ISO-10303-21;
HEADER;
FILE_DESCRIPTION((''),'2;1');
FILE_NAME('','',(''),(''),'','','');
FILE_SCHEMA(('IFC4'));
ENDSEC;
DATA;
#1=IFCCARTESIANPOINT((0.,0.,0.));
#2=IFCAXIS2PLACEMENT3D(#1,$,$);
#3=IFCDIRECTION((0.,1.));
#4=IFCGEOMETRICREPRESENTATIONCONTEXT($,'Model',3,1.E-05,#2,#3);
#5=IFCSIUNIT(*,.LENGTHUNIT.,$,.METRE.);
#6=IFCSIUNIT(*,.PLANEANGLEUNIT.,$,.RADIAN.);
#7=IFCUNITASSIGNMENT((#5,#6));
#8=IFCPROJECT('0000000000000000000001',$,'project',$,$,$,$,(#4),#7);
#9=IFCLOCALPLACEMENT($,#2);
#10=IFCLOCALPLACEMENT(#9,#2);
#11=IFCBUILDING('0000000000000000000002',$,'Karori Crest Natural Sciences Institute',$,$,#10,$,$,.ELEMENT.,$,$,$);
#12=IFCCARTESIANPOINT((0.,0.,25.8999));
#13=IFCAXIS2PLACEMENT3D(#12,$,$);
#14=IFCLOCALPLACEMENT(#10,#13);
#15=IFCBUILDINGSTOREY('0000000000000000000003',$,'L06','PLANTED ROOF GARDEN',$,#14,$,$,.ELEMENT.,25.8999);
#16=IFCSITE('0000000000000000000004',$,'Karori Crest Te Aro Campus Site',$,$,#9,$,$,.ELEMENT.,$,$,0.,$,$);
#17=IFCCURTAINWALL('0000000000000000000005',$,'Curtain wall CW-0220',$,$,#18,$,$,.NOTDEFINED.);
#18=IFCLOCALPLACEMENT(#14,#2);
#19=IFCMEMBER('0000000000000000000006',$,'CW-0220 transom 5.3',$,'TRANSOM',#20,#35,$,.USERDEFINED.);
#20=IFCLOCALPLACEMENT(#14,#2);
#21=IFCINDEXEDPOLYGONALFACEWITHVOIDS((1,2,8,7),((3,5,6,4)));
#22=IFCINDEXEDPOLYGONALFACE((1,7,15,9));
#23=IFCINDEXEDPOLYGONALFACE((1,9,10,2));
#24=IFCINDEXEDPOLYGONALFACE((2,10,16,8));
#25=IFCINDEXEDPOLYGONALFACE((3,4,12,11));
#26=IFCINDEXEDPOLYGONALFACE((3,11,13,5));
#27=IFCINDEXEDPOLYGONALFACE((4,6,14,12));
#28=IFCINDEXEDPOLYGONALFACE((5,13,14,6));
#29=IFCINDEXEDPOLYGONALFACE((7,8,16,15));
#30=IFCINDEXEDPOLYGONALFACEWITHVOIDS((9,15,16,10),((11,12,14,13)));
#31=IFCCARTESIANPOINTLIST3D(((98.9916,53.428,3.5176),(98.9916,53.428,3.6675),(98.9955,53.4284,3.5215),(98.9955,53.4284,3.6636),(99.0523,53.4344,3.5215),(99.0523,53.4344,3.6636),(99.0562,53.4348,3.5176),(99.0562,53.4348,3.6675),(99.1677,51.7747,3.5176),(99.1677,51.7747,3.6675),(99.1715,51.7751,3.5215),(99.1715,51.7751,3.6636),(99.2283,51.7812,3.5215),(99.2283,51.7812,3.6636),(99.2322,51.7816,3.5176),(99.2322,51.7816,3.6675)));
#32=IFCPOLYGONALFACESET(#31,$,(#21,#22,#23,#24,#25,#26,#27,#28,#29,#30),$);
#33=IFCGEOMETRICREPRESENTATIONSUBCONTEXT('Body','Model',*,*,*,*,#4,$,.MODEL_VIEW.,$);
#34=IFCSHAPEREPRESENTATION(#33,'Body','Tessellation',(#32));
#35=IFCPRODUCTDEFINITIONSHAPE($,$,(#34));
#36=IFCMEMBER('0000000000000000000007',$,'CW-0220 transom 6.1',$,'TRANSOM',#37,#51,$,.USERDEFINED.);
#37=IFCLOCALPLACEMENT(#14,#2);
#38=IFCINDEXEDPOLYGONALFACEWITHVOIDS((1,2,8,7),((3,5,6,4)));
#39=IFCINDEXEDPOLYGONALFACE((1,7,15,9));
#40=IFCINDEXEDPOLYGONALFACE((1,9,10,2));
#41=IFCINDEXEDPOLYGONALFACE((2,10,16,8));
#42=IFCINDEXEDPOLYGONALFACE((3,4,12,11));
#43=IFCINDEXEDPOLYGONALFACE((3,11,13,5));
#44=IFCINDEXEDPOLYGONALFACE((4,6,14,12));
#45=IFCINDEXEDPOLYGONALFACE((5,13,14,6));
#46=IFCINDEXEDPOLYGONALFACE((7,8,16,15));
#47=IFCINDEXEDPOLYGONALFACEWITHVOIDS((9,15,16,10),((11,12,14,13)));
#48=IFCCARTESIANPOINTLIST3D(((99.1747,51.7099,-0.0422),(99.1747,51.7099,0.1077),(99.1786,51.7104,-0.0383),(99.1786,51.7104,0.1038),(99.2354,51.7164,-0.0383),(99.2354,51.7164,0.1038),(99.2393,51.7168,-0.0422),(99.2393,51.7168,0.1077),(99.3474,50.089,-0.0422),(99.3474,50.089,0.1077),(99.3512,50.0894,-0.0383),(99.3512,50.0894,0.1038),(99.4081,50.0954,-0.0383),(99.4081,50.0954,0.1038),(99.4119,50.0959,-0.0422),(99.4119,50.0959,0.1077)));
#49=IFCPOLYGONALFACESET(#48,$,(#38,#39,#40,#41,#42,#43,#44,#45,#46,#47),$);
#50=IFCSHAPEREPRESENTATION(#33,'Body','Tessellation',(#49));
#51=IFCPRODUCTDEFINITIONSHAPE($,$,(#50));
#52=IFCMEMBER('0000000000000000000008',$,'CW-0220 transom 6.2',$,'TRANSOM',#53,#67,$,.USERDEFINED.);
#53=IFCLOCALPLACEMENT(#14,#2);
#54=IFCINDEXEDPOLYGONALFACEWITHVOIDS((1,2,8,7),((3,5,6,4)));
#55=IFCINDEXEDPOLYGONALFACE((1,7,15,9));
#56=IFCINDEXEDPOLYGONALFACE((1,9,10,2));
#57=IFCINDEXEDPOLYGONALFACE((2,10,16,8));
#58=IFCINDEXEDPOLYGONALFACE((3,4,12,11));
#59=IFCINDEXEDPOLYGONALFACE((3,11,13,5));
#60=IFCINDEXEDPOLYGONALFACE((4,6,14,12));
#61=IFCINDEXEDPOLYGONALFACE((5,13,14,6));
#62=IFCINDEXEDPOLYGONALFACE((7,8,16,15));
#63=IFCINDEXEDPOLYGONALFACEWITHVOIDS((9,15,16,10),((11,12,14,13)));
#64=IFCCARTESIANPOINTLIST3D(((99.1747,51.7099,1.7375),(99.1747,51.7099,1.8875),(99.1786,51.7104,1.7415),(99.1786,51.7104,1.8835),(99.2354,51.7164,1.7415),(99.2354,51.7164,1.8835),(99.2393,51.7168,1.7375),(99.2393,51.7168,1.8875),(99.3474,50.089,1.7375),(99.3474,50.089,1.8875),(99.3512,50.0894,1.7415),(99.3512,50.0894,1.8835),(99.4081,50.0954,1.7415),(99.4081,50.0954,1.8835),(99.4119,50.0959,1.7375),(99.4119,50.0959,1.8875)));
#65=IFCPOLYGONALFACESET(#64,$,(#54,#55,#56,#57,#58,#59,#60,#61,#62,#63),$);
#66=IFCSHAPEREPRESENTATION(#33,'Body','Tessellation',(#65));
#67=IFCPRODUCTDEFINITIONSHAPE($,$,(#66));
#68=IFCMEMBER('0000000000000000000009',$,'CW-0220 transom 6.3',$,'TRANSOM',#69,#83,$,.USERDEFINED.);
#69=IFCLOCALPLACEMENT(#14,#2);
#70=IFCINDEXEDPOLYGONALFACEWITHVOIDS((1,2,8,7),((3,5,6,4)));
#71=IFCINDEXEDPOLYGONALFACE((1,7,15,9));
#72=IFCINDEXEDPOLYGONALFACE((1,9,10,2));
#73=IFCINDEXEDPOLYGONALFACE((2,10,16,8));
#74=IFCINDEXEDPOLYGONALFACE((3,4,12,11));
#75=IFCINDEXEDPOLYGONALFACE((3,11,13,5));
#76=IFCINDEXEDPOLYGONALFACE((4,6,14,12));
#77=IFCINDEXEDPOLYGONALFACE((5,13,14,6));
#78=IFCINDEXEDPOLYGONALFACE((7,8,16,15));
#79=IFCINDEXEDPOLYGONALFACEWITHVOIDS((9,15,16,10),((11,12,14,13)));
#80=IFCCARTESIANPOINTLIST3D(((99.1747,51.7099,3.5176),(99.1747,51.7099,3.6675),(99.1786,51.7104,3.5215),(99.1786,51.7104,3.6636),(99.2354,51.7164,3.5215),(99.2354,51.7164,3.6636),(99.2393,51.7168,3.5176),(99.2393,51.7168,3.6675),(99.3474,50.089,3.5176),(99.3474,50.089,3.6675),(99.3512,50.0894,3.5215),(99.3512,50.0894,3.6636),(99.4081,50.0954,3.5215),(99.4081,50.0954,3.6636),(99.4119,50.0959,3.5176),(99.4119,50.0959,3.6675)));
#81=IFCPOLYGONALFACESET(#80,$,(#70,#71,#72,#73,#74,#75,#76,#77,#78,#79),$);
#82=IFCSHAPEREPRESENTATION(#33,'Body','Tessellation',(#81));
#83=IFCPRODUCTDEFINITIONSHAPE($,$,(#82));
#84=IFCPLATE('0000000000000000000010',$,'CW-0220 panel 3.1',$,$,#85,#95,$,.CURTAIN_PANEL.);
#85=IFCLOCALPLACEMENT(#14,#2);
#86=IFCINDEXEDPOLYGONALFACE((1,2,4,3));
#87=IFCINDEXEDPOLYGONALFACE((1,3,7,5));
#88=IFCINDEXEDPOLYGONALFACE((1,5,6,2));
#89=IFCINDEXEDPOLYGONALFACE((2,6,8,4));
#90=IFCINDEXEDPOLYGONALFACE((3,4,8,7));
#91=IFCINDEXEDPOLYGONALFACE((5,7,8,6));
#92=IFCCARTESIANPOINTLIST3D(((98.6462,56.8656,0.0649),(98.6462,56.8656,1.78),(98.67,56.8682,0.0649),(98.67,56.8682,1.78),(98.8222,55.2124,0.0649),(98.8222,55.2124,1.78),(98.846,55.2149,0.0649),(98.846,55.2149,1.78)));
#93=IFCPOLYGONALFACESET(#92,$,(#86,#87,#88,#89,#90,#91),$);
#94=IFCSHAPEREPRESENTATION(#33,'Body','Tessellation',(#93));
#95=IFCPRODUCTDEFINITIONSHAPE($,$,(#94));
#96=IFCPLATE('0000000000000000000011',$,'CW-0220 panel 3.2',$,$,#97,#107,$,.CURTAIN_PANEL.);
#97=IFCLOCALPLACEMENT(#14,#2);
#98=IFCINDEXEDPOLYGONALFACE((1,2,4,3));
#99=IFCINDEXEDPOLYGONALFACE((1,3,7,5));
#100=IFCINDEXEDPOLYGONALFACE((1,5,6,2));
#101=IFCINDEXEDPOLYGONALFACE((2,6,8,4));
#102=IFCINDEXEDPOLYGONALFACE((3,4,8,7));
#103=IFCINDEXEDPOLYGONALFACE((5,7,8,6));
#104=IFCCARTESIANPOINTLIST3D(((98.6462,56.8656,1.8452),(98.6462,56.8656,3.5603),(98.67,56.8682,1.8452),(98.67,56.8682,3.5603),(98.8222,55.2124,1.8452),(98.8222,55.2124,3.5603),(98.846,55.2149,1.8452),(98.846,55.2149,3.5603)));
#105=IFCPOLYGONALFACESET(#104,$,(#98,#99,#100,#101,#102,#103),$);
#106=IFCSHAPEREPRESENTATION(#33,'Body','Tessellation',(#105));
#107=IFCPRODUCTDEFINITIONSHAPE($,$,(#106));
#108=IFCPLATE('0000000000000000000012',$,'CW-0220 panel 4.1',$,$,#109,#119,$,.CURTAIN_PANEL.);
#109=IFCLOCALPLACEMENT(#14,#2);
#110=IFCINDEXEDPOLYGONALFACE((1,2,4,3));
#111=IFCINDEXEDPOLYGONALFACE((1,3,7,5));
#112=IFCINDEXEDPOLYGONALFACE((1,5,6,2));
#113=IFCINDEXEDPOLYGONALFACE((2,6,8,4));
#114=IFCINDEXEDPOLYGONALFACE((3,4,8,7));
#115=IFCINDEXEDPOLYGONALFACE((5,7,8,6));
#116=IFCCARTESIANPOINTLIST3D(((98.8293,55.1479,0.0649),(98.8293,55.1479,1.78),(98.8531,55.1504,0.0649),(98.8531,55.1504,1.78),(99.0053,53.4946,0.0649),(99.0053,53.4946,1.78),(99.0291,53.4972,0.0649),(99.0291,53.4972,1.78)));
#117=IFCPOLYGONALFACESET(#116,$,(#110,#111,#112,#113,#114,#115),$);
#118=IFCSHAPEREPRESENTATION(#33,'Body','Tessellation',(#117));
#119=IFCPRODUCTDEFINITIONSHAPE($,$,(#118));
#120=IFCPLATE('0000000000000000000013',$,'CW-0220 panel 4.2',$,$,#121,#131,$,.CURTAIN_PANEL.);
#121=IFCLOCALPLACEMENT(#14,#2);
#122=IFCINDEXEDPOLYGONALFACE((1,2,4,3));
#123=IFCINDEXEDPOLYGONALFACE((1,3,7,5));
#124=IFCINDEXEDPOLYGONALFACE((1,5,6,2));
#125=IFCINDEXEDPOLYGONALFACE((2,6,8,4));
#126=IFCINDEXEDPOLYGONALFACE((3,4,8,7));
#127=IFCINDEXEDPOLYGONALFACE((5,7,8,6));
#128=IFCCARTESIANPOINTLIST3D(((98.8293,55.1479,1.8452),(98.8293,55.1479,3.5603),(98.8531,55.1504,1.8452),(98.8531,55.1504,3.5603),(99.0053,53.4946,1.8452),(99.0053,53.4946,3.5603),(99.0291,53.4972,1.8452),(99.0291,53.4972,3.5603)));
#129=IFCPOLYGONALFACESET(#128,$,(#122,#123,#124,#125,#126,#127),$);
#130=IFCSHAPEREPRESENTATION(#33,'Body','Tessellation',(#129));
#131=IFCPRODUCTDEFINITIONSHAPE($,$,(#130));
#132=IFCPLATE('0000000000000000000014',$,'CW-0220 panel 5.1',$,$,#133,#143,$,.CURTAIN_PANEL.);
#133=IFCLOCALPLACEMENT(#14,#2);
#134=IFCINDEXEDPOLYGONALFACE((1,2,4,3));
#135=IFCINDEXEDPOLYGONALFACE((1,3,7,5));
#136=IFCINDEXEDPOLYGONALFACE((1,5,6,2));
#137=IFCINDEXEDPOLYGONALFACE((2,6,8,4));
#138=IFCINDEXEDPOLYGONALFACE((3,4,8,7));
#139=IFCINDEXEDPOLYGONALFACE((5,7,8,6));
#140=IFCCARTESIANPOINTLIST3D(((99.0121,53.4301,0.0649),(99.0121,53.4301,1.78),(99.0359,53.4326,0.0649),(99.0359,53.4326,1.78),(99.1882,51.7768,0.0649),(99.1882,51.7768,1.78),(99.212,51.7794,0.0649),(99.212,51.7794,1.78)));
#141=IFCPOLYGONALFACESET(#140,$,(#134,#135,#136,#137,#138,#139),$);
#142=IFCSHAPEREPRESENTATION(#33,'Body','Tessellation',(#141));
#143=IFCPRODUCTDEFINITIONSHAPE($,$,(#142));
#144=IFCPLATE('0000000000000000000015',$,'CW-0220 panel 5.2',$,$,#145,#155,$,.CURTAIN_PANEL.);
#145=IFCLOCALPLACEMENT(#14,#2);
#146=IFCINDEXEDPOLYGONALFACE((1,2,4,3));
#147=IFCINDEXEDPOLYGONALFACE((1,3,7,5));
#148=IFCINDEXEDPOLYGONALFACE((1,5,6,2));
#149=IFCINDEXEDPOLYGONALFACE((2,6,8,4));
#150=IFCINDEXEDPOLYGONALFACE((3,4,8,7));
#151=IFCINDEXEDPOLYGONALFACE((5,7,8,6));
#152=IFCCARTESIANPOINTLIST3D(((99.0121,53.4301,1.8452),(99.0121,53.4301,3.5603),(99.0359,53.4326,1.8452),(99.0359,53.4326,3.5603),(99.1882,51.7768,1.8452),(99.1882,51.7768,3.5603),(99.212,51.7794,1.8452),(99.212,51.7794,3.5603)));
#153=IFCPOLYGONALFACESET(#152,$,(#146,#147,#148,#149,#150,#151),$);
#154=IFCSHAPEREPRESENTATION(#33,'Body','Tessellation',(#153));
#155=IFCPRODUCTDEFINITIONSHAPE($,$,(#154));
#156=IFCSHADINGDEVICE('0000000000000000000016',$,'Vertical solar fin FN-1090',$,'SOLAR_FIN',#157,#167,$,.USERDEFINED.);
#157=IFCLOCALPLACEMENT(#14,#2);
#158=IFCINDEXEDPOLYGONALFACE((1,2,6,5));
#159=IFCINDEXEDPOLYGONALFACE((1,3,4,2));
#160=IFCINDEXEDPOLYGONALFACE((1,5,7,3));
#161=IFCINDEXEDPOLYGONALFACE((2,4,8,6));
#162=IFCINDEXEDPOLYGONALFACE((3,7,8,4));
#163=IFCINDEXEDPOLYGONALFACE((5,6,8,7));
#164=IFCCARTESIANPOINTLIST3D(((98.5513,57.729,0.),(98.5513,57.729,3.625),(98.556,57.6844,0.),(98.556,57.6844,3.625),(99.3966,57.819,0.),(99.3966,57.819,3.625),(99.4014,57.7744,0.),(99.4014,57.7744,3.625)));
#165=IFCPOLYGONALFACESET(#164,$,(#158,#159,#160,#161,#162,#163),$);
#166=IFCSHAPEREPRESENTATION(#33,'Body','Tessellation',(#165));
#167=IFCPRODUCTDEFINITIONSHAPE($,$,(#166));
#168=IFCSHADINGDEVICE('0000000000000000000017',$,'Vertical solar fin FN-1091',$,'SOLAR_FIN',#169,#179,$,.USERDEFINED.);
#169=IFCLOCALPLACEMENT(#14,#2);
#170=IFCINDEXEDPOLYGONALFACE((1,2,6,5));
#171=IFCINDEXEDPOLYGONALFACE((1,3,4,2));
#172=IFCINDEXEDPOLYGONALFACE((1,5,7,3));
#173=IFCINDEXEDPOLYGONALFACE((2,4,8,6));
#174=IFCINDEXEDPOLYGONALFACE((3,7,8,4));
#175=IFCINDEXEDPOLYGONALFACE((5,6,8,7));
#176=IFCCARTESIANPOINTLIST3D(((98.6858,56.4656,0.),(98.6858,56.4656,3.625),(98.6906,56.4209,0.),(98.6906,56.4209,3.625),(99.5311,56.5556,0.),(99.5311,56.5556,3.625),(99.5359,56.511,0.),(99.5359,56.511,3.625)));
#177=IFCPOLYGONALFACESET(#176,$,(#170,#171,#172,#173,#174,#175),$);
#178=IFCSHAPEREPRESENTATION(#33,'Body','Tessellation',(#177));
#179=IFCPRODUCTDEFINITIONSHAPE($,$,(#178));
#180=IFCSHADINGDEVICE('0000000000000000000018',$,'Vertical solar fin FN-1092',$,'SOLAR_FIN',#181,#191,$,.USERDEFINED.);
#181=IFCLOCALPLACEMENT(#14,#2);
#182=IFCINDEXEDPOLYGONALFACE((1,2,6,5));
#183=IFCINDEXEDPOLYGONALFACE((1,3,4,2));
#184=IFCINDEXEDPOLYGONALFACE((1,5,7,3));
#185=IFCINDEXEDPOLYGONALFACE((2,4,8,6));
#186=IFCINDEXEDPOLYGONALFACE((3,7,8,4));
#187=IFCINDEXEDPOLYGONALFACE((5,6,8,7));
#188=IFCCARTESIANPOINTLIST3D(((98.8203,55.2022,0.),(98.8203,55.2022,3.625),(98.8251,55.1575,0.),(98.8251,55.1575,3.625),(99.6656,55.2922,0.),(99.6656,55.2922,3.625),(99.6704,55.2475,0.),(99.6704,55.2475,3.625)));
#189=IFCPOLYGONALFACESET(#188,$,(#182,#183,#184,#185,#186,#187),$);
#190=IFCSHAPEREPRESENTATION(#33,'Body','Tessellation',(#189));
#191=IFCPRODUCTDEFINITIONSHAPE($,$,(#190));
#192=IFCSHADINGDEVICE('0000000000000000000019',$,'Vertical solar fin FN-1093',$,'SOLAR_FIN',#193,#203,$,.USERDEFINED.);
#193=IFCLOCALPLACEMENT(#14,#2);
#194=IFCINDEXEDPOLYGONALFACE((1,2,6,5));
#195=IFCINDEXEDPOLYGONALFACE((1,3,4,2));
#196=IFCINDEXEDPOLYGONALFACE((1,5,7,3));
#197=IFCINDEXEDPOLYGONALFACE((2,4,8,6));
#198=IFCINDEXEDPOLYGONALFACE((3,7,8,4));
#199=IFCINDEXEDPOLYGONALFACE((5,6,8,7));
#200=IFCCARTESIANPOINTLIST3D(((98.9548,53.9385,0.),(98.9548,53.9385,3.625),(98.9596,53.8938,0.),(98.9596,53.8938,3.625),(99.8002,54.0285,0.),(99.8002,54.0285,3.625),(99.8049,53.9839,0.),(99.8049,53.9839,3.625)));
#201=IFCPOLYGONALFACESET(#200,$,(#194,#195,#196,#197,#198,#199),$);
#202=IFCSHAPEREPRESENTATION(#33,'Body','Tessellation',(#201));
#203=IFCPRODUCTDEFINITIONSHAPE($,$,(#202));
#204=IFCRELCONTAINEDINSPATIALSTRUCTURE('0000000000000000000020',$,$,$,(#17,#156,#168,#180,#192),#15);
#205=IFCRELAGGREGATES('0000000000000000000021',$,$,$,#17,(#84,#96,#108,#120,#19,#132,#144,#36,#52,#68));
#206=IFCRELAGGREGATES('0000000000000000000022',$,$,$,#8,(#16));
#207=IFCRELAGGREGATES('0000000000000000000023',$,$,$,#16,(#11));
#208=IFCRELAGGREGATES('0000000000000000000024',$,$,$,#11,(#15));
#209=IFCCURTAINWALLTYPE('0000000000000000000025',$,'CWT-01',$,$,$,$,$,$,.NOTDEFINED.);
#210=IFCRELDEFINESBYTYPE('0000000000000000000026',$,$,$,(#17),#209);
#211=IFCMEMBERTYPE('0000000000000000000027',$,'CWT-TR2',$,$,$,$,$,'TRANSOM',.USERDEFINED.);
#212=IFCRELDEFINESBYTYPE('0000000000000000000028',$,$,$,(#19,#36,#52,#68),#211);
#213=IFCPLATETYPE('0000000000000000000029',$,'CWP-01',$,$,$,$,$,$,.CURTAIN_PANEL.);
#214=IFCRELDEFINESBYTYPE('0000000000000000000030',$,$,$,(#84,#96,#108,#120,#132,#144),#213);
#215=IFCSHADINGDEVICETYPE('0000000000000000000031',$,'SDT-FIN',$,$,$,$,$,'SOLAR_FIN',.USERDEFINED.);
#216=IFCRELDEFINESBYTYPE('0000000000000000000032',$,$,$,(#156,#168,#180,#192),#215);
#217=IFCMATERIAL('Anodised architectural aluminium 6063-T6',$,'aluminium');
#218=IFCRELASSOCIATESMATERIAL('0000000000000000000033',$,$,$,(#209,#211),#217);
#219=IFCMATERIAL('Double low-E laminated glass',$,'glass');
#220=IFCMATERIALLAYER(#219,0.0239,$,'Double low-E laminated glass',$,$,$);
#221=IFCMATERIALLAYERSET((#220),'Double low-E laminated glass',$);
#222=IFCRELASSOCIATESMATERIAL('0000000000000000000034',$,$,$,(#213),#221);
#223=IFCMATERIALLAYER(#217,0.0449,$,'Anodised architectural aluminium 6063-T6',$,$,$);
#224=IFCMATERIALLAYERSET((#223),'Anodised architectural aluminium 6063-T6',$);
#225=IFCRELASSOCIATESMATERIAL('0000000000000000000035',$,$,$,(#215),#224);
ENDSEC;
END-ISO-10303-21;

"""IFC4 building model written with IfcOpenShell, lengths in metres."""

from ifc_helpers import new_model, si_unit, direction, frame, origin, origin_2d, place, context, subcontext, project, spatial, rectangle, hollow_rectangle, extrude, material, layer, layer_set, material_profile, profile_set, type_object, element, aggregate, save


model = new_model("IFC4")

# Units and contexts
model_context = context("Model", 3, precision=1e-05, world=origin(), true_north=direction((0.0, 1.0)))
body_context = subcontext(model_context, "Body", "Model", "MODEL_VIEW")
ifc_project = project(units=[si_unit("LENGTHUNIT", "METRE"), si_unit("PLANEANGLEUNIT", "RADIAN")], contexts=[model_context])

# Site, building, storey
site_placement = place(None, origin())
site = spatial("IfcSite", under=ifc_project, at=site_placement, Name="Karori Crest Te Aro Campus Site", CompositionType="ELEMENT", RefElevation=0.0)
building_placement = place(site_placement, origin())
building = spatial("IfcBuilding", under=site, at=building_placement, Name="Karori Crest Natural Sciences Institute", CompositionType="ELEMENT")
storey_placement = place(building_placement, frame((0.0, 0.0, 25.8999)))
storey = spatial("IfcBuildingStorey", under=building, at=storey_placement, Name="L06", Description="PLANTED ROOF GARDEN", CompositionType="ELEMENT", Elevation=25.8999)

# Curtain wall, members, plates
ifc_material_1 = material(Name="Anodised architectural aluminium 6063-T6", Category="aluminium")
curtain_wall_type = type_object("IfcCurtainWallType", Name="CWT-01", PredefinedType="NOTDEFINED", material=ifc_material_1)
curtain_wall_placement = place(storey_placement, origin())
curtain_wall = element("IfcCurtainWall", 1, at=curtain_wall_placement, inside=storey, type_object=curtain_wall_type, Name="Curtain wall CW-0220", PredefinedType="NOTDEFINED")
ifc_material_profile_1 = material_profile(ifc_material_1, hollow_rectangle(XDim=0.0649, YDim=0.1499, WallThickness=0.0039, at=origin_2d()), Name="CWT150x65x4")
ifc_profile_set_1 = profile_set([ifc_material_profile_1], Name="Anodised architectural aluminium 6063-T6")
member_type_1 = type_object("IfcMemberType", Name="CWT-TR2", ElementType="TRANSOM", PredefinedType="USERDEFINED", material=ifc_profile_set_1)
member_1_placement = place(storey_placement, frame((99.0239, 53.4314, 3.5925), z_axis=(0.105869, -0.99438, 0.0), x_axis=(0.99438, 0.105869, 0.0)))
member_1 = element("IfcMember", 2, at=member_1_placement, type_object=member_type_1, Name="CW-0220 transom 5.3", ObjectType="TRANSOM", PredefinedType="USERDEFINED", context=body_context, shape_type="SweptSolid", body=[
    extrude(hollow_rectangle(XDim=0.0649, YDim=0.1499, WallThickness=0.0039, at=origin_2d()), origin(), (0.0, 0.0, 1.0), 1.6626),
])
member_2_placement = place(storey_placement, frame((99.207, 51.7134, 0.0327), z_axis=(0.105893, -0.994378, 0.0), x_axis=(0.994378, 0.105893, 0.0)))
member_2 = element("IfcMember", 3, at=member_2_placement, type_object=member_type_1, Name="CW-0220 transom 6.1", ObjectType="TRANSOM", PredefinedType="USERDEFINED", context=body_context, shape_type="SweptSolid", body=[
    extrude(hollow_rectangle(XDim=0.0649, YDim=0.1499, WallThickness=0.0039, at=origin_2d()), origin(), (0.0, 0.0, 1.0), 1.6301),
])
member_3_placement = place(storey_placement, frame((99.207, 51.7134, 1.8125), z_axis=(0.105893, -0.994378, 0.0), x_axis=(0.994378, 0.105893, 0.0)))
member_3 = element("IfcMember", 4, at=member_3_placement, type_object=member_type_1, Name="CW-0220 transom 6.2", ObjectType="TRANSOM", PredefinedType="USERDEFINED", context=body_context, shape_type="SweptSolid", body=[
    extrude(hollow_rectangle(XDim=0.0649, YDim=0.1499, WallThickness=0.0039, at=origin_2d()), origin(), (0.0, 0.0, 1.0), 1.6301),
])
member_4_placement = place(storey_placement, frame((99.207, 51.7134, 3.5925), z_axis=(0.105893, -0.994378, 0.0), x_axis=(0.994378, 0.105893, 0.0)))
member_4 = element("IfcMember", 5, at=member_4_placement, type_object=member_type_1, Name="CW-0220 transom 6.3", ObjectType="TRANSOM", PredefinedType="USERDEFINED", context=body_context, shape_type="SweptSolid", body=[
    extrude(hollow_rectangle(XDim=0.0649, YDim=0.1499, WallThickness=0.0039, at=origin_2d()), origin(), (0.0, 0.0, 1.0), 1.6301),
])
ifc_material_2 = material(Name="Double low-E laminated glass", Category="glass")
ifc_layer_1 = layer(ifc_material_2, 0.0239, Name="Double low-E laminated glass")
ifc_layer_set_1 = layer_set([ifc_layer_1], Name="Double low-E laminated glass")
plate_type = type_object("IfcPlateType", Name="CWP-01", PredefinedType="CURTAIN_PANEL", material=ifc_layer_set_1)
plate_1_placement = place(storey_placement, frame((98.7461, 56.0403, 0.0649), z_axis=(0.0, 0.0, 1.0), x_axis=(0.105884, -0.994378, 0.0)))
plate_1 = element("IfcPlate", 6, at=plate_1_placement, type_object=plate_type, Name="CW-0220 panel 3.1", PredefinedType="CURTAIN_PANEL", context=body_context, shape_type="SweptSolid", body=[
    extrude(rectangle(XDim=1.6626, YDim=0.0239, at=origin_2d()), origin(), (0.0, 0.0, 1.0), 1.7151),
])
plate_2_placement = place(storey_placement, frame((98.7461, 56.0403, 1.8452), z_axis=(0.0, 0.0, 1.0), x_axis=(0.105884, -0.994378, 0.0)))
plate_2 = element("IfcPlate", 7, at=plate_2_placement, type_object=plate_type, Name="CW-0220 panel 3.2", PredefinedType="CURTAIN_PANEL", context=body_context, shape_type="SweptSolid", body=[
    extrude(rectangle(XDim=1.6626, YDim=0.0239, at=origin_2d()), origin(), (0.0, 0.0, 1.0), 1.7151),
])
plate_3_placement = place(storey_placement, frame((98.9292, 54.3225, 0.0649), z_axis=(0.0, 0.0, 1.0), x_axis=(0.105884, -0.994378, 0.0)))
plate_3 = element("IfcPlate", 8, at=plate_3_placement, type_object=plate_type, Name="CW-0220 panel 4.1", PredefinedType="CURTAIN_PANEL", context=body_context, shape_type="SweptSolid", body=[
    extrude(rectangle(XDim=1.6626, YDim=0.0239, at=origin_2d()), origin(), (0.0, 0.0, 1.0), 1.7151),
])
plate_4_placement = place(storey_placement, frame((98.9292, 54.3225, 1.8452), z_axis=(0.0, 0.0, 1.0), x_axis=(0.105884, -0.994378, 0.0)))
plate_4 = element("IfcPlate", 9, at=plate_4_placement, type_object=plate_type, Name="CW-0220 panel 4.2", PredefinedType="CURTAIN_PANEL", context=body_context, shape_type="SweptSolid", body=[
    extrude(rectangle(XDim=1.6626, YDim=0.0239, at=origin_2d()), origin(), (0.0, 0.0, 1.0), 1.7151),
])
plate_5_placement = place(storey_placement, frame((99.1121, 52.6047, 0.0649), z_axis=(0.0, 0.0, 1.0), x_axis=(0.105884, -0.994378, 0.0)))
plate_5 = element("IfcPlate", 10, at=plate_5_placement, type_object=plate_type, Name="CW-0220 panel 5.1", PredefinedType="CURTAIN_PANEL", context=body_context, shape_type="SweptSolid", body=[
    extrude(rectangle(XDim=1.6626, YDim=0.0239, at=origin_2d()), origin(), (0.0, 0.0, 1.0), 1.7151),
])
plate_6_placement = place(storey_placement, frame((99.1121, 52.6047, 1.8452), z_axis=(0.0, 0.0, 1.0), x_axis=(0.105884, -0.994378, 0.0)))
plate_6 = element("IfcPlate", 11, at=plate_6_placement, type_object=plate_type, Name="CW-0220 panel 5.2", PredefinedType="CURTAIN_PANEL", context=body_context, shape_type="SweptSolid", body=[
    extrude(rectangle(XDim=1.6626, YDim=0.0239, at=origin_2d()), origin(), (0.0, 0.0, 1.0), 1.7151),
])
aggregate(curtain_wall, [plate_1, plate_2, plate_3, plate_4, member_1, plate_5, plate_6, member_2, member_3, member_4])

# Shading devices
ifc_layer_2 = layer(ifc_material_1, 0.0449, Name="Anodised architectural aluminium 6063-T6")
ifc_layer_set_2 = layer_set([ifc_layer_2], Name="Anodised architectural aluminium 6063-T6")
shading_device_type = type_object("IfcShadingDeviceType", Name="SDT-FIN", ElementType="SOLAR_FIN", PredefinedType="USERDEFINED", material=ifc_layer_set_2)
for number, where, z_axis, x_axis, name in (
    (12, (98.9763, 57.7517, 0.0), (0.0, 0.0, 1.0), (0.994378, 0.105884, 0.0), "Vertical solar fin FN-1090"),
    (13, (99.1108, 56.4883, 0.0), (0.0, 0.0, 1.0), (0.994378, 0.105884, 0.0), "Vertical solar fin FN-1091"),
    (14, (99.2454, 55.2249, 0.0), (0.0, 0.0, 1.0), (0.994378, 0.105884, 0.0), "Vertical solar fin FN-1092"),
    (15, (99.3799, 53.9612, 0.0), (0.0, 0.0, 1.0), (0.994378, 0.105884, 0.0), "Vertical solar fin FN-1093"),
):
    element("IfcShadingDevice", number, at=place(storey_placement, frame(where, z_axis=z_axis, x_axis=x_axis)), inside=storey, type_object=shading_device_type, Name=name, ObjectType="SOLAR_FIN", PredefinedType="USERDEFINED", context=body_context, shape_type="SweptSolid", body=[
        extrude(rectangle(XDim=0.8501, YDim=0.0449, at=origin_2d()), origin(), (0.0, 0.0, 1.0), 3.625),
    ])

save(model, "model.ifc")
